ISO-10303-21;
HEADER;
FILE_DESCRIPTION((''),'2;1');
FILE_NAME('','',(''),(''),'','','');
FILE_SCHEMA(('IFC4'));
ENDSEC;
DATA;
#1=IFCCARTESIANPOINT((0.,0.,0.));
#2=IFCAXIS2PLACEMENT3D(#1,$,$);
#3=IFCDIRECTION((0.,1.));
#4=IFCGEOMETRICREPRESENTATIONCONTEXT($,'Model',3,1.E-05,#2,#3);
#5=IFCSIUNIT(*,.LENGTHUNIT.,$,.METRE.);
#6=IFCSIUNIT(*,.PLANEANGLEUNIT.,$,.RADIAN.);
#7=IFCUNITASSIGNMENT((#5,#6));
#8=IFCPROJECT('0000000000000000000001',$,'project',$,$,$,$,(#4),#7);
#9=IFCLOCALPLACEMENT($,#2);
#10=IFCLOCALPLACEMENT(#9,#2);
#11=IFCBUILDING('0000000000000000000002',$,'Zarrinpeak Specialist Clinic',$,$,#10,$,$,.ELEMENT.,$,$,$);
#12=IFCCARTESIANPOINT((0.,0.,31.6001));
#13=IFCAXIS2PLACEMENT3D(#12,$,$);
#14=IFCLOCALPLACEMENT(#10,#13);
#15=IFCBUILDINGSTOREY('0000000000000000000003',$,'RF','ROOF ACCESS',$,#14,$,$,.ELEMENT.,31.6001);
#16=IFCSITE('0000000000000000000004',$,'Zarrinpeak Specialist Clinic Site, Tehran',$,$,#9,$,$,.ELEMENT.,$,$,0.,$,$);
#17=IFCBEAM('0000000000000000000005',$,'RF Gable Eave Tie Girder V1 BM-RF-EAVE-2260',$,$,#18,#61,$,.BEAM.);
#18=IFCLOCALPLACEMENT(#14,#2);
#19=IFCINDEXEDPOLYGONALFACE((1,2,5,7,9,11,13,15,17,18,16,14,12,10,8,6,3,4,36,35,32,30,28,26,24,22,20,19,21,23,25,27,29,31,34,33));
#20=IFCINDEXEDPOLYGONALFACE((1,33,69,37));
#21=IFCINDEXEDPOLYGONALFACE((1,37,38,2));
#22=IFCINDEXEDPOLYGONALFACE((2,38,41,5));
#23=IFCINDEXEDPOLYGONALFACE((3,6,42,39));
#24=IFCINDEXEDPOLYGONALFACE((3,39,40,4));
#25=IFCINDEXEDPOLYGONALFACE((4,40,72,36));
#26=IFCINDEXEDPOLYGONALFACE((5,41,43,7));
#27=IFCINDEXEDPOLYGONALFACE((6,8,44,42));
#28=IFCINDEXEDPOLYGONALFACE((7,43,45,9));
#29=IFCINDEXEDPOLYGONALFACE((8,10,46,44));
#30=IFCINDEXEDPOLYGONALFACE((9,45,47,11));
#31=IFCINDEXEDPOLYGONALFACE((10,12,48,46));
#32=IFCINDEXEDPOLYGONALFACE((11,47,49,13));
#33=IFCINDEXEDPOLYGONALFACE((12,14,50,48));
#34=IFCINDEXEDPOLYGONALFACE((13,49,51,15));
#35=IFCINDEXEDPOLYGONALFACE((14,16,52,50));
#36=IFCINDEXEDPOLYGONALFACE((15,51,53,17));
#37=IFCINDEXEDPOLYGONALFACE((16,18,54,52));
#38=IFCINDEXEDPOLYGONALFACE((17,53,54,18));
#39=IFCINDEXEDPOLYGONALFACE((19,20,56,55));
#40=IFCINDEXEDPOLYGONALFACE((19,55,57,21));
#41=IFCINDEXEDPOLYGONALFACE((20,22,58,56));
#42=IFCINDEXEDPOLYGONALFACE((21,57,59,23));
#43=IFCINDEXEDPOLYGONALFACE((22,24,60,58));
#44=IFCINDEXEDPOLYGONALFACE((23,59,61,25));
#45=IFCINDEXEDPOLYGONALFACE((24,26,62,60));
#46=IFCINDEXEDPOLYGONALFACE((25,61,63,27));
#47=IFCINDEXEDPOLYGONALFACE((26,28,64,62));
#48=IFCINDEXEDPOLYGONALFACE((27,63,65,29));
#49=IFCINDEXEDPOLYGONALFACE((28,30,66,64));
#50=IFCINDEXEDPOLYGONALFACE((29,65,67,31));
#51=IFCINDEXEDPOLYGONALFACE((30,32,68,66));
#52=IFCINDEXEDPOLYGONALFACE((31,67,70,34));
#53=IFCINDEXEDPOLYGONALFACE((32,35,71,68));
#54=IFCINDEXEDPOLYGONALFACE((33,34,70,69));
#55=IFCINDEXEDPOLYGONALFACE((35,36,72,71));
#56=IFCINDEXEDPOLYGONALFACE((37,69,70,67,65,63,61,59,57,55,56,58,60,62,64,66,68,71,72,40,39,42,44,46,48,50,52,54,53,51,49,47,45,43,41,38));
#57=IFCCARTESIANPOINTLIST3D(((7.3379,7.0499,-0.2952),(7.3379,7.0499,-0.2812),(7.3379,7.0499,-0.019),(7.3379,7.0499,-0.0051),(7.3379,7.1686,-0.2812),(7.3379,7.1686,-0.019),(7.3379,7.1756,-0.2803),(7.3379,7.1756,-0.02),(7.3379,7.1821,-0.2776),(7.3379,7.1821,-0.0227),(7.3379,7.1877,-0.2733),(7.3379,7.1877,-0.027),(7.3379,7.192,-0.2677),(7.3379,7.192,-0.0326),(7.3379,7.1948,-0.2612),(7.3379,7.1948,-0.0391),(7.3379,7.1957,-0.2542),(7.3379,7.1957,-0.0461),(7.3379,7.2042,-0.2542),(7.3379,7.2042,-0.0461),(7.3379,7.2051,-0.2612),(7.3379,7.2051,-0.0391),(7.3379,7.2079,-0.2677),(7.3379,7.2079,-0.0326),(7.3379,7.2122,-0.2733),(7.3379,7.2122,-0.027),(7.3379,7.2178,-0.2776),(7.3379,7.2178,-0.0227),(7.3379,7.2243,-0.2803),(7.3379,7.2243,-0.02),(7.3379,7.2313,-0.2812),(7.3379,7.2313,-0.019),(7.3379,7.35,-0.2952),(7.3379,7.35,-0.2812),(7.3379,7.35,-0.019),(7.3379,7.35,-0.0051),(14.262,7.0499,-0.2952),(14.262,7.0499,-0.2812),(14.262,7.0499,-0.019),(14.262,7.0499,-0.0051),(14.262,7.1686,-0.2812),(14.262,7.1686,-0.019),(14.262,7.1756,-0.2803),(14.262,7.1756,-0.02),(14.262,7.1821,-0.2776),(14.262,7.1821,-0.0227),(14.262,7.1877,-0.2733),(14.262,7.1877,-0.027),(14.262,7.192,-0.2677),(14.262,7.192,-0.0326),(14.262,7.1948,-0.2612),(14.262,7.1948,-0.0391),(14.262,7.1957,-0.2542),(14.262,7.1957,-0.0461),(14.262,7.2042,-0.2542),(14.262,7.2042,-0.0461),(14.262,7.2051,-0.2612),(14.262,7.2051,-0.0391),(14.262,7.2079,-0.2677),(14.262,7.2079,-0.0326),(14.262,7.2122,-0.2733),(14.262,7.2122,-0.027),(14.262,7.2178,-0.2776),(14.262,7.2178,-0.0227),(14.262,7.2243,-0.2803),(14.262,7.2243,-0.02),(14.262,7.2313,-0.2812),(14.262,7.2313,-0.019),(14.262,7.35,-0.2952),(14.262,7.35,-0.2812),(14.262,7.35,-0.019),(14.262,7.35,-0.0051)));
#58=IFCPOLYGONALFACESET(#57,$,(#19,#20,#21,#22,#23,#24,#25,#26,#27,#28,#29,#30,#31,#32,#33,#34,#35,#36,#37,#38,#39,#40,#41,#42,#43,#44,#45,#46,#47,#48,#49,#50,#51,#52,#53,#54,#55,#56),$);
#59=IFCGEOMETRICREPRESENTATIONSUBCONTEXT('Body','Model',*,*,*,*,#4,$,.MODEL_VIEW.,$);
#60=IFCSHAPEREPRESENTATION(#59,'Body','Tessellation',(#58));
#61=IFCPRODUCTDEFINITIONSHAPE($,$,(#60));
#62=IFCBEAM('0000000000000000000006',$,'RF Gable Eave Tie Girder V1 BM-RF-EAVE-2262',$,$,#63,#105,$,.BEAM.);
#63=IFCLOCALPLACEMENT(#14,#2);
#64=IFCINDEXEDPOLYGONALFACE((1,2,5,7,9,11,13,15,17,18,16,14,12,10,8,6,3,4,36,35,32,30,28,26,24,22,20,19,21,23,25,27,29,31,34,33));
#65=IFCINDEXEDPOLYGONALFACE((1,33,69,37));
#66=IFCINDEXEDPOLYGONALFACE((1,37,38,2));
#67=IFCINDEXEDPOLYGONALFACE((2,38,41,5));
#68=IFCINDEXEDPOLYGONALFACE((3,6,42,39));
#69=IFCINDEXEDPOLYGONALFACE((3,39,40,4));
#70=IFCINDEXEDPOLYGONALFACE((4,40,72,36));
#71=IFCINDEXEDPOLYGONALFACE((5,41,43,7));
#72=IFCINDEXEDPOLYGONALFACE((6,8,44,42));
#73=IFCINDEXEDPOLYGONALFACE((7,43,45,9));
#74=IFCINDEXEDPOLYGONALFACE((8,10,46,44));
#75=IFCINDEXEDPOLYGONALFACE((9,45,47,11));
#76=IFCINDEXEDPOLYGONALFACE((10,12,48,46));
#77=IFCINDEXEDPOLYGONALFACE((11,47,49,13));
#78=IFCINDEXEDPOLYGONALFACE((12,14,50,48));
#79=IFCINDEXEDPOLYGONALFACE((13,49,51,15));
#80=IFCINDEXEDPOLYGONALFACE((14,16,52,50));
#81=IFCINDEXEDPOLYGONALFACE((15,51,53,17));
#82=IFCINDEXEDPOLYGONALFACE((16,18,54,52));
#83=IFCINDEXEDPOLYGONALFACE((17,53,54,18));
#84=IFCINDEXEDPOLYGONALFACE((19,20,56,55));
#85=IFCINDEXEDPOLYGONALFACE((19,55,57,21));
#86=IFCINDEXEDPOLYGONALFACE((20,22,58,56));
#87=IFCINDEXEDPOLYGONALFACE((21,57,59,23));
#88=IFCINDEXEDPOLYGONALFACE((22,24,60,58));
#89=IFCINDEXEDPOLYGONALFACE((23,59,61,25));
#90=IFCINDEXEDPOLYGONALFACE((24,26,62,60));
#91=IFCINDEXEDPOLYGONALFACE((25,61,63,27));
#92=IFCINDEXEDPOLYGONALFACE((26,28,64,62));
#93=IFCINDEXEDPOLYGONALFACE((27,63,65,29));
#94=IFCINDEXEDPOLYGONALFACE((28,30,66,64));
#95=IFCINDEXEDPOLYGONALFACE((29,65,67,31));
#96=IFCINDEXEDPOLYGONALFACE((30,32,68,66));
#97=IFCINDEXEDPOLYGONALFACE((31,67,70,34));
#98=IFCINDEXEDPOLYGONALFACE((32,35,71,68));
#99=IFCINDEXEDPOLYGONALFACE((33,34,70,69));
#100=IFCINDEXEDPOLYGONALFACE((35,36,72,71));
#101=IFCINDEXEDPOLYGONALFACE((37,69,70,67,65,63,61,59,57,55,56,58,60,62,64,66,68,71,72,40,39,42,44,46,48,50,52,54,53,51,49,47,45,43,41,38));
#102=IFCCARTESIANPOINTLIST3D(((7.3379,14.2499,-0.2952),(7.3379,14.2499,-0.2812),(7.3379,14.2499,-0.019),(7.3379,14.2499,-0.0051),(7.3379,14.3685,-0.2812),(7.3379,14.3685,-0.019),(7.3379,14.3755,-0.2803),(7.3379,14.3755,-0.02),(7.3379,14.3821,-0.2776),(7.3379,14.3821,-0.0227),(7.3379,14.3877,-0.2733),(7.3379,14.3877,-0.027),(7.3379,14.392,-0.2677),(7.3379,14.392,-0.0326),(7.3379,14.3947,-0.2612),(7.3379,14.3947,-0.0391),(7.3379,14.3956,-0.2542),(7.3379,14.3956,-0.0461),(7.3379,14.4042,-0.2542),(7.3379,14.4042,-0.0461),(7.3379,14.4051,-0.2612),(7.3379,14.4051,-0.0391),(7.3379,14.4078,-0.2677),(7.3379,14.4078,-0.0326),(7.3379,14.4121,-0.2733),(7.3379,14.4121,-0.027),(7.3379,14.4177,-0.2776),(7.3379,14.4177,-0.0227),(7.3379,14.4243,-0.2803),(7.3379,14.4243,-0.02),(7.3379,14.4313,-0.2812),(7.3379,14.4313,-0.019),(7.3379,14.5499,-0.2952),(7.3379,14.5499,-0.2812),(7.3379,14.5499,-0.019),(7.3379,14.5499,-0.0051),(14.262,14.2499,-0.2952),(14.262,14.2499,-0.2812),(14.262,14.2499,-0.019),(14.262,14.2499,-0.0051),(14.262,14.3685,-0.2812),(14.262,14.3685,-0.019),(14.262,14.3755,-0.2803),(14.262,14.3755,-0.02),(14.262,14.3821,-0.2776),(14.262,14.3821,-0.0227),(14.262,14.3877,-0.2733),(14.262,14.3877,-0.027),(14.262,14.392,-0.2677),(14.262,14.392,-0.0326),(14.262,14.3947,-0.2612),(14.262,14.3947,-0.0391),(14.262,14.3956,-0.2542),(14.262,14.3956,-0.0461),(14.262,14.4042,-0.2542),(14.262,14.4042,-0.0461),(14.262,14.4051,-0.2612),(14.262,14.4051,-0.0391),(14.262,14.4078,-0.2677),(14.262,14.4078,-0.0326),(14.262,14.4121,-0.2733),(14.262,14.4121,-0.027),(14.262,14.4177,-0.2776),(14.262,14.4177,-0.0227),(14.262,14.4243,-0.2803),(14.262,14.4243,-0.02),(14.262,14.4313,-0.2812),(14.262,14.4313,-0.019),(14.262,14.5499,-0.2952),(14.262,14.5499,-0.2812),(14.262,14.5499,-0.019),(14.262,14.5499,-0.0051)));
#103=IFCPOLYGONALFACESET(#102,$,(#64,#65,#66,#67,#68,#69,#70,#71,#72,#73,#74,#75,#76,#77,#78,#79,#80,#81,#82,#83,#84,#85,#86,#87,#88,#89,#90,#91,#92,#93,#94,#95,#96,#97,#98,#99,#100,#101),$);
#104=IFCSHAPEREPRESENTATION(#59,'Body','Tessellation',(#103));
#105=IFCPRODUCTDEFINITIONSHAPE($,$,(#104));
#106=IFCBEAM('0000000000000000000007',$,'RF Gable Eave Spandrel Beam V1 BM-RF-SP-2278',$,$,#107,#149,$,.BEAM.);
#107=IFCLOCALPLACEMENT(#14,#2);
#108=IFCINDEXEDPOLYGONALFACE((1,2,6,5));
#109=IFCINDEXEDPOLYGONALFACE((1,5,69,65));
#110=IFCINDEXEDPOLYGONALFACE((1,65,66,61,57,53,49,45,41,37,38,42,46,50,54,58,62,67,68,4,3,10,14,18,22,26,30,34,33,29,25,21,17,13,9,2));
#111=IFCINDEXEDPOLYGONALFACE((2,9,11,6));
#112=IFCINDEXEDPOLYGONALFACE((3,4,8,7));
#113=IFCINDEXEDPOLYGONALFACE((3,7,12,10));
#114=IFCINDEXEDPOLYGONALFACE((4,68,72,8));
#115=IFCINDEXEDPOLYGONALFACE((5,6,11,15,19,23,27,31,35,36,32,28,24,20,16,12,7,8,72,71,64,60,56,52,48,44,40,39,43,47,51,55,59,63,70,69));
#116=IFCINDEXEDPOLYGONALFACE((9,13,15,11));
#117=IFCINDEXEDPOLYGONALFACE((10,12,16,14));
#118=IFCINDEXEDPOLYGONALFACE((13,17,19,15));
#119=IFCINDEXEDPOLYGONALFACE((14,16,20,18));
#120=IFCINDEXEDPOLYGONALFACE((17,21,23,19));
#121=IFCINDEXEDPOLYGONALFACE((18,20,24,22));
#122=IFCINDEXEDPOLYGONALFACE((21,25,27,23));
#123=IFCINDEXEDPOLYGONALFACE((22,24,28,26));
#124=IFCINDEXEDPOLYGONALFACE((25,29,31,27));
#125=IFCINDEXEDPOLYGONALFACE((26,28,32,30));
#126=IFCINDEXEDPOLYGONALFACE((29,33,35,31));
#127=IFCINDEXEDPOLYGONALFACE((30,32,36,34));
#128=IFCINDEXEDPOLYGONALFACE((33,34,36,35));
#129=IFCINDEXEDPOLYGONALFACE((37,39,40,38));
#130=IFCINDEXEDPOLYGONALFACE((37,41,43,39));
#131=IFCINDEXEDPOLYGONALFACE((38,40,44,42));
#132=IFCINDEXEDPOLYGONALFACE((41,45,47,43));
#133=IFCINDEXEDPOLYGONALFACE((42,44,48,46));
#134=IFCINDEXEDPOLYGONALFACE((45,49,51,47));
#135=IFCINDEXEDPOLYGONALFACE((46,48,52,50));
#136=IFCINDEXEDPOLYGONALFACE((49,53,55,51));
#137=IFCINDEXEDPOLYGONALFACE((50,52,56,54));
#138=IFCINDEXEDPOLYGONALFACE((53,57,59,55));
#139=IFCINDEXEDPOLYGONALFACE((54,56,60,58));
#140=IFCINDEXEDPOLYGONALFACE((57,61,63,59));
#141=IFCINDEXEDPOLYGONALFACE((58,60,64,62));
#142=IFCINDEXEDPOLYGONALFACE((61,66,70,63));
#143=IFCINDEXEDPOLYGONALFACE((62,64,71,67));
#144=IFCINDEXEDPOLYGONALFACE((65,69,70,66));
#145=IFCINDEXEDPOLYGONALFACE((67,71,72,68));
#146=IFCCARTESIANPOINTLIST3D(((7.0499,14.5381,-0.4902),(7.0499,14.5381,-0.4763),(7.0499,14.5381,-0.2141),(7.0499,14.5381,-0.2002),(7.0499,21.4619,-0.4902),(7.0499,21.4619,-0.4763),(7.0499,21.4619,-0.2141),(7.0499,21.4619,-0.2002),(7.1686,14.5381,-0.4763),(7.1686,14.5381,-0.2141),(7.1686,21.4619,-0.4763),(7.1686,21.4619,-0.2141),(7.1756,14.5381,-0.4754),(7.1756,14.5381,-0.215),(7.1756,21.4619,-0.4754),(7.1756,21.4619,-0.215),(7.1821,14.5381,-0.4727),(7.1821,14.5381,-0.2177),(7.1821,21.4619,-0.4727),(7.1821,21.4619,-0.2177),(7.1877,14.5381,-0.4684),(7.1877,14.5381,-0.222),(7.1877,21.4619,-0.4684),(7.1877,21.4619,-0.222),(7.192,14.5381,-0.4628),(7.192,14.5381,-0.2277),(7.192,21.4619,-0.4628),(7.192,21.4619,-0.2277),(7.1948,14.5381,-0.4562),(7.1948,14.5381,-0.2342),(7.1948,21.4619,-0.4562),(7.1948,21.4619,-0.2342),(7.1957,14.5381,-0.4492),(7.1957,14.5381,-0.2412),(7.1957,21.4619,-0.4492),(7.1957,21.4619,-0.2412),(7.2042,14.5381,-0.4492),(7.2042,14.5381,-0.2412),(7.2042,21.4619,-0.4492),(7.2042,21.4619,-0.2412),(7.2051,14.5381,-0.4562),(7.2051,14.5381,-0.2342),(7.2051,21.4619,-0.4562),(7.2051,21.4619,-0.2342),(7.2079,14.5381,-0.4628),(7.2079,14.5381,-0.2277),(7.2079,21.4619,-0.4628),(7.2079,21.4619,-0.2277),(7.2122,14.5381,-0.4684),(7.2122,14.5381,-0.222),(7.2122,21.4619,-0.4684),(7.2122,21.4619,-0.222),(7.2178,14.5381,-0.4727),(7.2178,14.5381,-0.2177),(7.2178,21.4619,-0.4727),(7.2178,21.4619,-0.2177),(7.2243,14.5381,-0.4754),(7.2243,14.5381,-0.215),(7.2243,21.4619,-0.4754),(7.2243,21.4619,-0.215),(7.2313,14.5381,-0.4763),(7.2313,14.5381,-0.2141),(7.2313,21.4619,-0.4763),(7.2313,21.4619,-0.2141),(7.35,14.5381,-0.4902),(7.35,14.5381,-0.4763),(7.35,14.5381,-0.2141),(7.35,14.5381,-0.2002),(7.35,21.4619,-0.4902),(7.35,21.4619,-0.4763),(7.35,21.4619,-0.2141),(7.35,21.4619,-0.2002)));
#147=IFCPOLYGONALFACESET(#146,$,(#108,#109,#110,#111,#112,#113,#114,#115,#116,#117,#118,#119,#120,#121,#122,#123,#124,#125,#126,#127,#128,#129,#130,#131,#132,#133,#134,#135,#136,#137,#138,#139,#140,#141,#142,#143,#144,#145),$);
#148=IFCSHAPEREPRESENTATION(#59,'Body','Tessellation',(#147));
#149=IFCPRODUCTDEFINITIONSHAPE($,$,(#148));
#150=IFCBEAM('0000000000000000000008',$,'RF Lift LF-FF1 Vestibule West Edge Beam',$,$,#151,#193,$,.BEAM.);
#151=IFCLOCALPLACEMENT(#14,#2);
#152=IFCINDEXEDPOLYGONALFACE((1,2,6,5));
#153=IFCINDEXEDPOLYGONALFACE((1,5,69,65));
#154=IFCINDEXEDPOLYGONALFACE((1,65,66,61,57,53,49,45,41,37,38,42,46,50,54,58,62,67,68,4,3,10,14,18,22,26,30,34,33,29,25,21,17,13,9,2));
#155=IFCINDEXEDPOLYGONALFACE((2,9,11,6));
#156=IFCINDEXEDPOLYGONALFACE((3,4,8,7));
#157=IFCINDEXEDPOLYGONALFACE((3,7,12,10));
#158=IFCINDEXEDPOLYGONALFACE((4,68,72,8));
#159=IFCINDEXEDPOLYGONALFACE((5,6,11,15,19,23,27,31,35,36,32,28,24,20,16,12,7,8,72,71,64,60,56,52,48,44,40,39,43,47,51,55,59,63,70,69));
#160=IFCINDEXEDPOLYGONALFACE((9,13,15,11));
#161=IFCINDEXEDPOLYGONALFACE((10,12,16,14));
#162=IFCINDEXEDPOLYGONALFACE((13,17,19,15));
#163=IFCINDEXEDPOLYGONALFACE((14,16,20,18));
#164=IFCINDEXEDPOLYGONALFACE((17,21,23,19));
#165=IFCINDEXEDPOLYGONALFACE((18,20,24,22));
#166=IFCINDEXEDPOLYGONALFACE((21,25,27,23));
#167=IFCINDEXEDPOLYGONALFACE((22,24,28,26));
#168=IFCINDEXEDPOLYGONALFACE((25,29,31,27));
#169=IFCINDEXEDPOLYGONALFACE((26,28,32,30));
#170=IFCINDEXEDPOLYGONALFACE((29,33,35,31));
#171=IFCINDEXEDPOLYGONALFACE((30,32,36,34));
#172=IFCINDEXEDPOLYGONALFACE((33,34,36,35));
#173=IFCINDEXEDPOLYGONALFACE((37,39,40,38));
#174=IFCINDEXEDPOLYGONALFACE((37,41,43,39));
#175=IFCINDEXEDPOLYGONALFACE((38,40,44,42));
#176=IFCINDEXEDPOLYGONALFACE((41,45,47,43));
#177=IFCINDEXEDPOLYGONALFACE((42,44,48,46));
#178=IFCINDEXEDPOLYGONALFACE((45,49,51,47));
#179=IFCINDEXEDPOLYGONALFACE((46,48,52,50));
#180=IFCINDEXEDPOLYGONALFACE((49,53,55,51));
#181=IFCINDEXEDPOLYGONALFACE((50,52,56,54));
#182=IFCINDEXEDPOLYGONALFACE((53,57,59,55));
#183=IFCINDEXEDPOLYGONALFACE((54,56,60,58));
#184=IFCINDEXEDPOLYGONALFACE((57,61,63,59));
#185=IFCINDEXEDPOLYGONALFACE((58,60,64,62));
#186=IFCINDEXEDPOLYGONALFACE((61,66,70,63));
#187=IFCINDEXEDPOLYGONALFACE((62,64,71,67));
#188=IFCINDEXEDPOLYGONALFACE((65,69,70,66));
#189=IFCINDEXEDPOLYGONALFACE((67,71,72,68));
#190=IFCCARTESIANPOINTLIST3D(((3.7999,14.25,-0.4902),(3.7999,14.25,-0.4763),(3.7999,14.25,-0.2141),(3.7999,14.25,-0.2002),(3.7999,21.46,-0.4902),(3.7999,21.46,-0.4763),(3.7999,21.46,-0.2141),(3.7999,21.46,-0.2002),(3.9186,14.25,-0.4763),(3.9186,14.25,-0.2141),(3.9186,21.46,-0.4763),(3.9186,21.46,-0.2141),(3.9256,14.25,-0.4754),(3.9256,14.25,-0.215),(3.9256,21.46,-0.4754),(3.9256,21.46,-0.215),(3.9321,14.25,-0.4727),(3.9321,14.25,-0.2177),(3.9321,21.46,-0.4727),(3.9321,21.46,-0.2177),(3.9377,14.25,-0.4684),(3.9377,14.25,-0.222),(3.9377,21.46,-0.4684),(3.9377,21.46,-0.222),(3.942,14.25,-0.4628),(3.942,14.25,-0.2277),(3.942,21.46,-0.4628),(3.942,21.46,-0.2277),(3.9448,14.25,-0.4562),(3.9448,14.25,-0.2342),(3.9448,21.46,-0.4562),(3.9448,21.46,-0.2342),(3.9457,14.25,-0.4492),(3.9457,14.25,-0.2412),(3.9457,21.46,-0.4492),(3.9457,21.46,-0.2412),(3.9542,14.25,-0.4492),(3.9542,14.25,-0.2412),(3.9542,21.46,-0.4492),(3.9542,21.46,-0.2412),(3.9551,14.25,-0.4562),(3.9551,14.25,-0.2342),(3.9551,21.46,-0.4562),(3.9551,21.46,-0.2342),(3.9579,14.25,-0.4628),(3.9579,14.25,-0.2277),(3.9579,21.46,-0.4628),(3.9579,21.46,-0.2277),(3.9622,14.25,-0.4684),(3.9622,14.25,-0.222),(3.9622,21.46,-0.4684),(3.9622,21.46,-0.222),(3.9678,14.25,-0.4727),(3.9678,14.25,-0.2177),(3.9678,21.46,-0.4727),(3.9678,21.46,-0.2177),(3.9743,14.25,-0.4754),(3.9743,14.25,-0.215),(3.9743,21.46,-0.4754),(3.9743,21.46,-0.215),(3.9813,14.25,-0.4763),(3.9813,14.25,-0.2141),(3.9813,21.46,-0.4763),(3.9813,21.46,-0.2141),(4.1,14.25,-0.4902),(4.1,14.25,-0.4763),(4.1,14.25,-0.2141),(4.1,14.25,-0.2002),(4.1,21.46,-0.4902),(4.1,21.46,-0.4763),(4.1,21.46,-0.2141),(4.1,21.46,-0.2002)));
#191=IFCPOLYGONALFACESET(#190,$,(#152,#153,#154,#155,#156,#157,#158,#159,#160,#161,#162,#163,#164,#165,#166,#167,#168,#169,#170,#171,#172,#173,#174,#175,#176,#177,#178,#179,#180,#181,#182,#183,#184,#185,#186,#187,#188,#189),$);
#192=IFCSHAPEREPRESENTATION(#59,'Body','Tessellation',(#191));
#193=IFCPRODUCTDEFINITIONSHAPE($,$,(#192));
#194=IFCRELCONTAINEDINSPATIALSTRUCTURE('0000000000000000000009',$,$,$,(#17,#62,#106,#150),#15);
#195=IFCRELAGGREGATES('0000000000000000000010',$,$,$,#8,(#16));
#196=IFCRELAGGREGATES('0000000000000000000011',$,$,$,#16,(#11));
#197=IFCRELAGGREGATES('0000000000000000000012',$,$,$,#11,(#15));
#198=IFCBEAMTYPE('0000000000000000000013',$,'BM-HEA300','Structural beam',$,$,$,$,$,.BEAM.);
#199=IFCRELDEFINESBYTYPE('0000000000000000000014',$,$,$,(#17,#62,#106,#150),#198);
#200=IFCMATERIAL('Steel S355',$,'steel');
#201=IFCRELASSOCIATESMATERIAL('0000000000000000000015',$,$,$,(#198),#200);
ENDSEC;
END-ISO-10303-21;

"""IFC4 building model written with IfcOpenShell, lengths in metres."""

from ifc_helpers import new_model, si_unit, direction, frame, origin, origin_2d, place, context, subcontext, project, spatial, i_section, extrude, material, material_profile, profile_set, type_object, element, save


model = new_model("IFC4")

# Units and contexts
model_context = context("Model", 3, precision=1e-05, world=origin(), true_north=direction((0.0, 1.0)))
body_context = subcontext(model_context, "Body", "Model", "MODEL_VIEW")
ifc_project = project(units=[si_unit("LENGTHUNIT", "METRE"), si_unit("PLANEANGLEUNIT", "RADIAN")], contexts=[model_context])

# Site, building, storey
site_placement = place(None, origin())
site = spatial("IfcSite", under=ifc_project, at=site_placement, Name="Zarrinpeak Specialist Clinic Site, Tehran", CompositionType="ELEMENT", RefElevation=0.0)
building_placement = place(site_placement, origin())
building = spatial("IfcBuilding", under=site, at=building_placement, Name="Zarrinpeak Specialist Clinic", CompositionType="ELEMENT")
storey_placement = place(building_placement, frame((0.0, 0.0, 31.6001)))
storey = spatial("IfcBuildingStorey", under=building, at=storey_placement, Name="RF", Description="ROOF ACCESS", CompositionType="ELEMENT", Elevation=31.6001)

# Beams
ifc_material_1 = material(Name="Steel S355", Category="steel")
ifc_material_profile_1 = material_profile(ifc_material_1, i_section(OverallWidth=0.3, OverallDepth=0.29, WebThickness=0.0085, FlangeThickness=0.0139, FilletRadius=0.0271, at=origin_2d()), Name="HEA 300")
ifc_profile_set_1 = profile_set([ifc_material_profile_1], Name="Steel S355")
beam_type_1 = type_object("IfcBeamType", Name="BM-HEA300", Description="Structural beam", PredefinedType="BEAM", material=ifc_profile_set_1)
for number, where, z_axis, x_axis, name in (
    (1, (7.3379, 7.2, -0.1501), (1.0, 0.0, 0.0), (0.0, 1.0, 0.0), "RF Gable Eave Tie Girder V1 BM-RF-EAVE-2260"),
    (2, (7.3379, 14.3999, -0.1501), (1.0, 0.0, 0.0), (0.0, 1.0, 0.0), "RF Gable Eave Tie Girder V1 BM-RF-EAVE-2262"),
):
    element("IfcBeam", number, at=place(storey_placement, frame(where, z_axis=z_axis, x_axis=x_axis)), inside=storey, type_object=beam_type_1, Name=name, PredefinedType="BEAM", context=body_context, shape_type="SweptSolid", body=[
        extrude(i_section(OverallWidth=0.3, OverallDepth=0.29, WebThickness=0.0085, FlangeThickness=0.0139, FilletRadius=0.0271, at=origin_2d()), origin(), (0.0, 0.0, 1.0), 6.9241),
    ])
beam_1_placement = place(storey_placement, frame((7.2, 14.5381, -0.3452), z_axis=(0.0, 1.0, 0.0), x_axis=(-1.0, 0.0, 0.0)))
element("IfcBeam", 3, at=beam_1_placement, inside=storey, type_object=beam_type_1, Name="RF Gable Eave Spandrel Beam V1 BM-RF-SP-2278", PredefinedType="BEAM", context=body_context, shape_type="SweptSolid", body=[
    extrude(i_section(OverallWidth=0.3, OverallDepth=0.29, WebThickness=0.0085, FlangeThickness=0.0139, FilletRadius=0.0271, at=origin_2d()), origin(), (0.0, 0.0, 1.0), 6.9238),
])
beam_2_placement = place(storey_placement, frame((3.95, 14.25, -0.3452), z_axis=(0.0, 1.0, 0.0), x_axis=(-1.0, 0.0, 0.0)))
element("IfcBeam", 4, at=beam_2_placement, inside=storey, type_object=beam_type_1, Name="RF Lift LF-FF1 Vestibule West Edge Beam", PredefinedType="BEAM", context=body_context, shape_type="SweptSolid", body=[
    extrude(i_section(OverallWidth=0.3, OverallDepth=0.29, WebThickness=0.0085, FlangeThickness=0.0139, FilletRadius=0.0271, at=origin_2d()), origin(), (0.0, 0.0, 1.0), 7.21),
])

save(model, "model.ifc")
